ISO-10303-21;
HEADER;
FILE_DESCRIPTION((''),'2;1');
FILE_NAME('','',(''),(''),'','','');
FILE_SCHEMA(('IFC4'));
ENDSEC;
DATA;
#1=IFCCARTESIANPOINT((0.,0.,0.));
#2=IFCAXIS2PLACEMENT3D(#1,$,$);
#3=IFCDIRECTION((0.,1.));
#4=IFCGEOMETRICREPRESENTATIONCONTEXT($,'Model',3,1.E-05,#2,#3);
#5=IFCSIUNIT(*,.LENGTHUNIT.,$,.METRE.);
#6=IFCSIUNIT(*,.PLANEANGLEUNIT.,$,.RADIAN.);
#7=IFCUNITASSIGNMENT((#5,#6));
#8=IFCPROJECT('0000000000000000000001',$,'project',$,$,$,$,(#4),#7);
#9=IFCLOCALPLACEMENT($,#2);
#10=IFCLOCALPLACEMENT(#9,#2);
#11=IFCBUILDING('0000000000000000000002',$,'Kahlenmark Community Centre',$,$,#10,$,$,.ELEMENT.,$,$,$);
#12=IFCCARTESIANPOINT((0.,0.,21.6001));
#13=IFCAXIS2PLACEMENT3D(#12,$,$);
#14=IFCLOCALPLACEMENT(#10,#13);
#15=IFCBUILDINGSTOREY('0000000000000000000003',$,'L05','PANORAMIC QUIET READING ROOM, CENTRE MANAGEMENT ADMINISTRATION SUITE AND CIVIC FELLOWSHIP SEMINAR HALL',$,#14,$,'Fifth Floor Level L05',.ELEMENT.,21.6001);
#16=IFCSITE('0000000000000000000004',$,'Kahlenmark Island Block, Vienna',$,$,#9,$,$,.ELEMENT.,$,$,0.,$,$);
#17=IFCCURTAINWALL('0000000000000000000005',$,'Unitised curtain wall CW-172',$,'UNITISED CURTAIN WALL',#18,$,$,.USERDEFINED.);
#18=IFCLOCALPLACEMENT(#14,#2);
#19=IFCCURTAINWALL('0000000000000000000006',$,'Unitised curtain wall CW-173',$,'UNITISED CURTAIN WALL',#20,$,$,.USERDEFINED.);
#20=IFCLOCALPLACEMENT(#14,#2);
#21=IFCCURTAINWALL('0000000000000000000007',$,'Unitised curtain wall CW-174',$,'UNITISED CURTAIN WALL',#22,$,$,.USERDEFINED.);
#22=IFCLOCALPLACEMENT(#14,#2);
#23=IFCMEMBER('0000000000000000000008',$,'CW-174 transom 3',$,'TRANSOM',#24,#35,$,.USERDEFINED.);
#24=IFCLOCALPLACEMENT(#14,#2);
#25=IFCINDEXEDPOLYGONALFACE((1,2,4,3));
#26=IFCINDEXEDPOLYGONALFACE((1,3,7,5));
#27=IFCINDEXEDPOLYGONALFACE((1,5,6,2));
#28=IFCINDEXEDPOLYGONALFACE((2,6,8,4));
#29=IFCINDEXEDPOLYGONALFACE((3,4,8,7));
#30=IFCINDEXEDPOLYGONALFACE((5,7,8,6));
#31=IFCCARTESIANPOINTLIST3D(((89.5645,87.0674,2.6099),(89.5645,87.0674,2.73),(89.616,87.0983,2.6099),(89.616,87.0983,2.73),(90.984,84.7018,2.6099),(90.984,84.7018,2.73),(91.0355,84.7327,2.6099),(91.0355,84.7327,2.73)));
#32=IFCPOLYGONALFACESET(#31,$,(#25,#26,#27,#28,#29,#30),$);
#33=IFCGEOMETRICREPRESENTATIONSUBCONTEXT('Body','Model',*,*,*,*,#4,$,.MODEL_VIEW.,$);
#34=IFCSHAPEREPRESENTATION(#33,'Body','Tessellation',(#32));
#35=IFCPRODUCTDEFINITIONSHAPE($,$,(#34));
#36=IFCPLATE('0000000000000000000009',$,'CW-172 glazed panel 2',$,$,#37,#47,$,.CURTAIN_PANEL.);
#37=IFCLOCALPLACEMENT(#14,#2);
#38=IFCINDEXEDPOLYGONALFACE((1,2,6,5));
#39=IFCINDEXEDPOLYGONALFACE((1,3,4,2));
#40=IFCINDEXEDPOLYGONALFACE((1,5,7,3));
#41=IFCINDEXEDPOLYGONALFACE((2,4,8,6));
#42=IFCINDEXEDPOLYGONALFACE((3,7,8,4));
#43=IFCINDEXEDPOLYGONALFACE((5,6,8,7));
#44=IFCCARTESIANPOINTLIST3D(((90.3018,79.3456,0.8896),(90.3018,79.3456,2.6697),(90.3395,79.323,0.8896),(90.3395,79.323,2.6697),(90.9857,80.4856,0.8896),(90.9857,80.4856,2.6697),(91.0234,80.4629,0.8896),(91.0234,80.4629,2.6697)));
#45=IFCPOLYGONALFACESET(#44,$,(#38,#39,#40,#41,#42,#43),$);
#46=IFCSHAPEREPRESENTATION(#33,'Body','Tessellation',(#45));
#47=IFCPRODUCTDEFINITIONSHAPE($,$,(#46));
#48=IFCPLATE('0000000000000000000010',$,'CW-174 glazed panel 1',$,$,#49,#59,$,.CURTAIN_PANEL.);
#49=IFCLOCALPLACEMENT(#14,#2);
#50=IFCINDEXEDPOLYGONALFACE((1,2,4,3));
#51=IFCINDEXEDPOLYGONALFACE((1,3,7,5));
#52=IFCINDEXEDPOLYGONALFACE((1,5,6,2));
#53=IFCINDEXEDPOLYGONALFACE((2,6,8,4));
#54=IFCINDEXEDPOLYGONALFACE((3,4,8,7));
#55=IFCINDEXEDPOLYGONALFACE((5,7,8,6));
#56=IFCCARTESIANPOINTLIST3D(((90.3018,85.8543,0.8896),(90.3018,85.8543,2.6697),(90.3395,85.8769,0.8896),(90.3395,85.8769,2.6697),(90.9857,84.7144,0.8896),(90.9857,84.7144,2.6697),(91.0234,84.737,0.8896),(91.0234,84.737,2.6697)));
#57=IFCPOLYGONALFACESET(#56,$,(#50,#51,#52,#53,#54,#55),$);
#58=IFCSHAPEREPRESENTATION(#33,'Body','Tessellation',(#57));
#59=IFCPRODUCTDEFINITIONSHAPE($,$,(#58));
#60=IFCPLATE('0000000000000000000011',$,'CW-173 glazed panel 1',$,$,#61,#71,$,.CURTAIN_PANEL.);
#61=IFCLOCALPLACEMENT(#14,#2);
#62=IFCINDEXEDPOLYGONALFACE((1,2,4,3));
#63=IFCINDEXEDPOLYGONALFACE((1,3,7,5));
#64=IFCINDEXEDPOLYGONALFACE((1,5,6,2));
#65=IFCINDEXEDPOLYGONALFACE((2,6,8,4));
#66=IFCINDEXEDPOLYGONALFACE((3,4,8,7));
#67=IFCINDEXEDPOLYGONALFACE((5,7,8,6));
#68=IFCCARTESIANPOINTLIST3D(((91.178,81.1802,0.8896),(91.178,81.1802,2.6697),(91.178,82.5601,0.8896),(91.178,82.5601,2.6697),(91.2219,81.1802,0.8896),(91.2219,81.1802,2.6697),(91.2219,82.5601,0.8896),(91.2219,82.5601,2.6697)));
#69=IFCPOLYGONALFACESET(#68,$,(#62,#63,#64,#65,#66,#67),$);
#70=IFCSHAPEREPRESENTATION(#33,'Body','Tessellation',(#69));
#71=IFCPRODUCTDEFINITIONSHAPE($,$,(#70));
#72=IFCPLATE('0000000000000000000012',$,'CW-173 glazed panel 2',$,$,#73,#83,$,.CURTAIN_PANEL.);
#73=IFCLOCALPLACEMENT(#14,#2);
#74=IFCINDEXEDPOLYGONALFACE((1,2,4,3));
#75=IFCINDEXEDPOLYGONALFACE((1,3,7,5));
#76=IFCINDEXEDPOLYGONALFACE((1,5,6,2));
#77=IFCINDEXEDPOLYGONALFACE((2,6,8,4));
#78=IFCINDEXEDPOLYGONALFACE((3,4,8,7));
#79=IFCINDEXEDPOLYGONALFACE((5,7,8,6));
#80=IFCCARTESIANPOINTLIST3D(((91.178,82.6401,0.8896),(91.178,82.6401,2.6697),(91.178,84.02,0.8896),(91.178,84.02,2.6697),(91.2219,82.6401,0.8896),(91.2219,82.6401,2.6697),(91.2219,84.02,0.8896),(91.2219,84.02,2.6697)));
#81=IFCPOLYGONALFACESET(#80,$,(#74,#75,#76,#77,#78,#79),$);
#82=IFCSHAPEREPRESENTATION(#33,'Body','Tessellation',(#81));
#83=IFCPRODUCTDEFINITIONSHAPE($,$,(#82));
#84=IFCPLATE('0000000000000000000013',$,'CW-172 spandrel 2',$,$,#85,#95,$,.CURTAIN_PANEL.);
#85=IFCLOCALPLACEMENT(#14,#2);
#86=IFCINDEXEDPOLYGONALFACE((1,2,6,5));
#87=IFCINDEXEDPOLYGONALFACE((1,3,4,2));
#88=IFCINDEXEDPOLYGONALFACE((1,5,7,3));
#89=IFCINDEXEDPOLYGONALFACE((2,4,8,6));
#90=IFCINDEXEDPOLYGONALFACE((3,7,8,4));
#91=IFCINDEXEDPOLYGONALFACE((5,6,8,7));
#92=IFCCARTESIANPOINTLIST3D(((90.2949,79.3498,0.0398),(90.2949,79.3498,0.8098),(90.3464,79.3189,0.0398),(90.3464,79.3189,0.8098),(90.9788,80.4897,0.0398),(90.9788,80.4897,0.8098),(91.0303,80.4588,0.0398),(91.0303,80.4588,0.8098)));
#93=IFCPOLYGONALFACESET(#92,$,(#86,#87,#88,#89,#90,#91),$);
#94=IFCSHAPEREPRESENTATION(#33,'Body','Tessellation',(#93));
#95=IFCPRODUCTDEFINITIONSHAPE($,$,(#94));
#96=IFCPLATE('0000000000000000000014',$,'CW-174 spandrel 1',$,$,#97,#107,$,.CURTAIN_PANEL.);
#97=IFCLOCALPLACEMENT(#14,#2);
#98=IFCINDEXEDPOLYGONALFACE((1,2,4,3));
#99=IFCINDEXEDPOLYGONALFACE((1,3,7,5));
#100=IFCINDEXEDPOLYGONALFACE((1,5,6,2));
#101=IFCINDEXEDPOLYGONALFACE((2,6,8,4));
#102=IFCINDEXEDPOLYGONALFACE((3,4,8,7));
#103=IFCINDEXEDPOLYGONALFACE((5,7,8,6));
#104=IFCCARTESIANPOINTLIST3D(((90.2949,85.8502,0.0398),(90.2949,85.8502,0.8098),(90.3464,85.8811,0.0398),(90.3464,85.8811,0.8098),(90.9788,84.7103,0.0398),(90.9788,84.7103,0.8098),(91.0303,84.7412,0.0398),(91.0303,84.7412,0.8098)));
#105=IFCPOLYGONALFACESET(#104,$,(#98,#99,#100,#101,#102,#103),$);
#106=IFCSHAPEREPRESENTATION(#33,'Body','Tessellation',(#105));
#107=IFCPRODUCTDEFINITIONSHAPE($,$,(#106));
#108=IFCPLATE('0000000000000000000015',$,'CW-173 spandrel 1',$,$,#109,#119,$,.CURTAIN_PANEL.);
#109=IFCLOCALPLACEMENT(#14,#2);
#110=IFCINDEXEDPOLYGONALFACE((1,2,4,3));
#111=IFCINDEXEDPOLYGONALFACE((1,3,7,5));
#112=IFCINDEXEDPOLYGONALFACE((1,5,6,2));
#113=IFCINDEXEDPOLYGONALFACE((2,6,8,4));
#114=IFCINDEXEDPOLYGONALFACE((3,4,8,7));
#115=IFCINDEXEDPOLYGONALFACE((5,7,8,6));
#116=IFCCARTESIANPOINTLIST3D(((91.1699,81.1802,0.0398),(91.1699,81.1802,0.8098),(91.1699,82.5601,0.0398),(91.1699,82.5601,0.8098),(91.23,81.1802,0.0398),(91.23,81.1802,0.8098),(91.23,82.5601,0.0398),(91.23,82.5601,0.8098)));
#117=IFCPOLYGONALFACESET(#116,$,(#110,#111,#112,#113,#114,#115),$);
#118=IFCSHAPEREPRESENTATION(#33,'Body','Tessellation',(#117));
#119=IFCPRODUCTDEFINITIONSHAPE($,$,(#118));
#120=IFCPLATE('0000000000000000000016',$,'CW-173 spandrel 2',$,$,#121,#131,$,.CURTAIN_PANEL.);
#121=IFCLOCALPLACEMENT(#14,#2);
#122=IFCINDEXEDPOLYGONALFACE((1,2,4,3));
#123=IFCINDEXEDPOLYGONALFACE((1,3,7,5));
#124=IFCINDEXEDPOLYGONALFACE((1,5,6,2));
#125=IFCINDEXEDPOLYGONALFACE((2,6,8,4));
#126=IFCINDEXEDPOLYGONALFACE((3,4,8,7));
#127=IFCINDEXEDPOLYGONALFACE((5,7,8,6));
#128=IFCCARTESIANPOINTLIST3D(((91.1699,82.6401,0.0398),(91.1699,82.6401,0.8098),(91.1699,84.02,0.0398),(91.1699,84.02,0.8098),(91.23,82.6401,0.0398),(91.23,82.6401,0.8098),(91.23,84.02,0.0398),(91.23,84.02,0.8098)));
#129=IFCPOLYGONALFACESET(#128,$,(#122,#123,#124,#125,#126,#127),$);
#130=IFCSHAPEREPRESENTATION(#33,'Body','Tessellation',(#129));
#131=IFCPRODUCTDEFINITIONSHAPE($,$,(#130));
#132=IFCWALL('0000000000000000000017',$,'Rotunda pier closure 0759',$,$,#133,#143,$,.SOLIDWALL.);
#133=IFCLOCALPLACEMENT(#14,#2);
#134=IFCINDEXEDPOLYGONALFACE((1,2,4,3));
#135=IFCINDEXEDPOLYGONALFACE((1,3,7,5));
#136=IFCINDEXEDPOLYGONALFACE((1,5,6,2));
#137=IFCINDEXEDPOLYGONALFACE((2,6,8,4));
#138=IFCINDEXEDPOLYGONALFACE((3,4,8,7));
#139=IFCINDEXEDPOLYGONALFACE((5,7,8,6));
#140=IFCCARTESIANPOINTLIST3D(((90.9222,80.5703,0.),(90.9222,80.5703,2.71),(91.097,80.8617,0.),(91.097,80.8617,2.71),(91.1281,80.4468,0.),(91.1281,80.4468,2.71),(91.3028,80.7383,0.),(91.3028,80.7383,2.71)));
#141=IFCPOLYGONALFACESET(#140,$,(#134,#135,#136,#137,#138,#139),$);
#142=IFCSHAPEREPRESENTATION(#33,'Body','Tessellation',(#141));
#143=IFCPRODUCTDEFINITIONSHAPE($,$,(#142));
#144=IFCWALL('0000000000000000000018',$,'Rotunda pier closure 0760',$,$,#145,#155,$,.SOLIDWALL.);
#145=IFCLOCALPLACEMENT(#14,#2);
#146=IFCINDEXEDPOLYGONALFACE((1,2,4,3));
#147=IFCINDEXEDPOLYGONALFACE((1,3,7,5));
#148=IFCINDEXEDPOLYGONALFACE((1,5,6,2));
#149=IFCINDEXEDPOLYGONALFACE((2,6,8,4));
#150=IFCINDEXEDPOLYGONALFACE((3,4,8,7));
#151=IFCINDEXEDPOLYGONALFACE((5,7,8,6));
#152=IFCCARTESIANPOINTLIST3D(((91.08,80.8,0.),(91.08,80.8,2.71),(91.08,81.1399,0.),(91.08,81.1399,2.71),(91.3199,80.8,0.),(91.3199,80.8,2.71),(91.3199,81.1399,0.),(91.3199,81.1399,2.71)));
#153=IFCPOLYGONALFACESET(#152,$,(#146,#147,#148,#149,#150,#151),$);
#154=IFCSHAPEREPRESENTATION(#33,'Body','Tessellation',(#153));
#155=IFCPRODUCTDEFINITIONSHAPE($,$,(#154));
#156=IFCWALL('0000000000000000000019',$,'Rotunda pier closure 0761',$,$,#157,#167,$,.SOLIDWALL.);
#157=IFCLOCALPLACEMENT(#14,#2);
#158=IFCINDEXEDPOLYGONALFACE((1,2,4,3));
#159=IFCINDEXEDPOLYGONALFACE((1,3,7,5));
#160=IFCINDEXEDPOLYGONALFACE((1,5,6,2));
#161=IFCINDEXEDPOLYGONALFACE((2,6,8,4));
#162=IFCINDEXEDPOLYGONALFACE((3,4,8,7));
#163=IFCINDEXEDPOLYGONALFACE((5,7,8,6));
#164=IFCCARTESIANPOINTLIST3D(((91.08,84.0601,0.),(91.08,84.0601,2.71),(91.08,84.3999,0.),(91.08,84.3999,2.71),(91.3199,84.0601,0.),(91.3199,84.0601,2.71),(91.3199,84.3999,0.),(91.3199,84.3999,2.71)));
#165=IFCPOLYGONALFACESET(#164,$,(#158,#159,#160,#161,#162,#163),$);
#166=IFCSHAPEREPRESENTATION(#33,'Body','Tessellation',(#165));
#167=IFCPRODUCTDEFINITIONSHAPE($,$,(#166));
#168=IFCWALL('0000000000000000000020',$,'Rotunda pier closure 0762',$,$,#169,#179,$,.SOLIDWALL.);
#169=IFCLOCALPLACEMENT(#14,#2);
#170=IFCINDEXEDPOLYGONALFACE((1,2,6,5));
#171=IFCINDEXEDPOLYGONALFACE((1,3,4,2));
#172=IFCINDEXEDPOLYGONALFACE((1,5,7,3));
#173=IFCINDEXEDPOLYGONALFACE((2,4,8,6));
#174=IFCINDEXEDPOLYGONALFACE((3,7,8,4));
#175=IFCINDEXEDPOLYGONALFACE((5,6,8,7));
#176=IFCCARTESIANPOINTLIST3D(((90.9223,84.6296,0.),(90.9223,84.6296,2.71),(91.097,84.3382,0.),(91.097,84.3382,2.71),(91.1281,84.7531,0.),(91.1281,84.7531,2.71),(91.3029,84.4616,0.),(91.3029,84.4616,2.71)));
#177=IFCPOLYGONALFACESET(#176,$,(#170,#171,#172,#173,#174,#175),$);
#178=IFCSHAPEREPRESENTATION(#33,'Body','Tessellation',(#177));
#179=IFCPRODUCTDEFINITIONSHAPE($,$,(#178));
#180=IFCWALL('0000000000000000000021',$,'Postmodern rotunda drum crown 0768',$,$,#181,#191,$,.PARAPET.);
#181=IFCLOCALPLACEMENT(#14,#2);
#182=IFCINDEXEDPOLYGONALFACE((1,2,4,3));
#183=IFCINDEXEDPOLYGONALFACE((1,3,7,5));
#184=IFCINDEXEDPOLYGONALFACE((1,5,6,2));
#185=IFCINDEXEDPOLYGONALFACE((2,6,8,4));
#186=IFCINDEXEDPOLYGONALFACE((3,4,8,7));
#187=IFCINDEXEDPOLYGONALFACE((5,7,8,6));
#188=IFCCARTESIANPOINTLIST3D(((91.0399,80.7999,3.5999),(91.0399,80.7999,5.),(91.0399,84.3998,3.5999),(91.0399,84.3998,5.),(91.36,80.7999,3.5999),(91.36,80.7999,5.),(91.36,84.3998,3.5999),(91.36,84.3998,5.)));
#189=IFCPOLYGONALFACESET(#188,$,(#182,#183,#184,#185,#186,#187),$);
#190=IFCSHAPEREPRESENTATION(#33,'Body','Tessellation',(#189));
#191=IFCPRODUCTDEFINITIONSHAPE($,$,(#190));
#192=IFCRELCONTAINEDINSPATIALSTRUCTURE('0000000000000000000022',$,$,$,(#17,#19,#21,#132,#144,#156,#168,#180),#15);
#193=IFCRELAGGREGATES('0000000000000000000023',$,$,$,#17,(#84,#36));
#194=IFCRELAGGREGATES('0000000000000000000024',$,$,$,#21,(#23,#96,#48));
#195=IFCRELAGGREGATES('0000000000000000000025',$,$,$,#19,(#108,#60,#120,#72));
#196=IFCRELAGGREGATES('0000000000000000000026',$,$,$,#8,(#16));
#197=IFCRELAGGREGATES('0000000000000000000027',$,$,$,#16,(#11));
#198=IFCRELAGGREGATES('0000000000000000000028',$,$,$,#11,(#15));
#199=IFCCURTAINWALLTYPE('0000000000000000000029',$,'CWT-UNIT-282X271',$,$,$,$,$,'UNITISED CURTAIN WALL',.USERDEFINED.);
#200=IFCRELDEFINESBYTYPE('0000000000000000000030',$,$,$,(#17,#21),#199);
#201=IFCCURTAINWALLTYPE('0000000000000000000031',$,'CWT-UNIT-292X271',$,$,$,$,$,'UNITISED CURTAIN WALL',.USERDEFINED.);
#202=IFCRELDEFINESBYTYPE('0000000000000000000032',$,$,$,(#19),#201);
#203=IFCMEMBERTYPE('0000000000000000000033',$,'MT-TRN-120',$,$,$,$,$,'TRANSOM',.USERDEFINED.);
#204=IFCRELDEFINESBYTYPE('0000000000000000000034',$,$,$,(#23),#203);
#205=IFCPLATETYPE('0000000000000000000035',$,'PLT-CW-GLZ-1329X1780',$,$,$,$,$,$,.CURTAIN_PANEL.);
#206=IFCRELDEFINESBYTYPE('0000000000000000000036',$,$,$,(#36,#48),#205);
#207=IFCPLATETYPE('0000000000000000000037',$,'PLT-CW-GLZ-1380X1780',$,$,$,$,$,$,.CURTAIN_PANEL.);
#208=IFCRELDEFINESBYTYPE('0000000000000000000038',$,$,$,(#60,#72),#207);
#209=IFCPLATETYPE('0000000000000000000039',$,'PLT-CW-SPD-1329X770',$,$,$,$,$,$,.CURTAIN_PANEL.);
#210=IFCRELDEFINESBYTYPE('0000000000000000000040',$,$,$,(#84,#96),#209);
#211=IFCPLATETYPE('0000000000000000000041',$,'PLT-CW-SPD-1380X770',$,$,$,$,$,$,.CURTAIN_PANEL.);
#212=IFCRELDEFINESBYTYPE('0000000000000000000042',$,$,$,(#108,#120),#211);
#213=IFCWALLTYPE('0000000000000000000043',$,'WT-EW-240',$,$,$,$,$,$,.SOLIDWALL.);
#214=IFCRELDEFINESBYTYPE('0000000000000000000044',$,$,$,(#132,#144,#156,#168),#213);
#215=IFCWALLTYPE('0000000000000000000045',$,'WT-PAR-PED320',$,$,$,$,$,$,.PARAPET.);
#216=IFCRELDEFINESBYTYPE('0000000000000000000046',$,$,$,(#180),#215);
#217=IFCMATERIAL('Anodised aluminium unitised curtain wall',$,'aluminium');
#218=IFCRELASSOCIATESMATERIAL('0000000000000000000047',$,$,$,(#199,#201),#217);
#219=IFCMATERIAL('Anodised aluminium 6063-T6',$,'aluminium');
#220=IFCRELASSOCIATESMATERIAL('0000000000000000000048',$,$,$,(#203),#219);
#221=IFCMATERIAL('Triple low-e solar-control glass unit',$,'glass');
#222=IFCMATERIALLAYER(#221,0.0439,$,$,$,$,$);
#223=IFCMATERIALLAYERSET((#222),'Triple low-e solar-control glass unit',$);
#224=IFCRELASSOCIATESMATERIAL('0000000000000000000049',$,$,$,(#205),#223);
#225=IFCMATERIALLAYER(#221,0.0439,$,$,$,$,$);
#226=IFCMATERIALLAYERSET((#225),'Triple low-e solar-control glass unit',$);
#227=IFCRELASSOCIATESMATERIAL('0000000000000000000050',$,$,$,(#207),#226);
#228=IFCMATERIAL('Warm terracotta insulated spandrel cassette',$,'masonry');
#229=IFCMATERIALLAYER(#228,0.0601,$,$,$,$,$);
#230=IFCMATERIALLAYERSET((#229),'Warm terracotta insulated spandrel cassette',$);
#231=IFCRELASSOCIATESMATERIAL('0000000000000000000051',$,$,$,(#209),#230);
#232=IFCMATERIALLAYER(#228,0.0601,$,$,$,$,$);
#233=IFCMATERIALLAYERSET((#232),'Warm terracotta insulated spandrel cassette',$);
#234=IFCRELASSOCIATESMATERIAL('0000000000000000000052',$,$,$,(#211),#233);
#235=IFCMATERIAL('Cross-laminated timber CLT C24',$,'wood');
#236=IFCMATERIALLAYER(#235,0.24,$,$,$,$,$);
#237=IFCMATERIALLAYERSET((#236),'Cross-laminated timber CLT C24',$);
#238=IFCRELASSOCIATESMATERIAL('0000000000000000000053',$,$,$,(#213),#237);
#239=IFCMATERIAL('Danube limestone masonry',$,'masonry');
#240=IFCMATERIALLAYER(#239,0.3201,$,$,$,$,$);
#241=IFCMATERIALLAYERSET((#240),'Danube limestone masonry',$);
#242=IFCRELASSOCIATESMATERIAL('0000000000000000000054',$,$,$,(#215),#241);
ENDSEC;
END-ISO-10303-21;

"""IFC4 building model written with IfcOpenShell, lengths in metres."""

from ifc_helpers import new_model, si_unit, direction, frame, frame_2d, origin, origin_2d, place, context, subcontext, project, spatial, rectangle, extrude, material, layer, layer_set, material_profile, profile_set, type_object, element, aggregate, save


model = new_model("IFC4")

# Units and contexts
model_context = context("Model", 3, precision=1e-05, world=origin(), true_north=direction((0.0, 1.0)))
body_context = subcontext(model_context, "Body", "Model", "MODEL_VIEW")
ifc_project = project(units=[si_unit("LENGTHUNIT", "METRE"), si_unit("PLANEANGLEUNIT", "RADIAN")], contexts=[model_context])

# Site, building, storey
site_placement = place(None, origin())
site = spatial("IfcSite", under=ifc_project, at=site_placement, Name="Kahlenmark Island Block, Vienna", CompositionType="ELEMENT", RefElevation=0.0)
building_placement = place(site_placement, origin())
building = spatial("IfcBuilding", under=site, at=building_placement, Name="Kahlenmark Community Centre", CompositionType="ELEMENT")
storey_placement = place(building_placement, frame((0.0, 0.0, 21.6001)))
storey = spatial("IfcBuildingStorey", under=building, at=storey_placement, Name="L05", Description="PANORAMIC QUIET READING ROOM, CENTRE MANAGEMENT ADMINISTRATION SUITE AND CIVIC FELLOWSHIP SEMINAR HALL", LongName="Fifth Floor Level L05", CompositionType="ELEMENT", Elevation=21.6001)

# Curtain wall
ifc_material_1 = material(Name="Anodised aluminium unitised curtain wall", Category="aluminium")
curtain_wall_type_1 = type_object("IfcCurtainWallType", Name="CWT-UNIT-282X271", ElementType="UNITISED CURTAIN WALL", PredefinedType="USERDEFINED", material=ifc_material_1)
curtain_wall_1_placement = place(storey_placement, origin())
curtain_wall_1 = element("IfcCurtainWall", 1, at=curtain_wall_1_placement, inside=storey, type_object=curtain_wall_type_1, Name="Unitised curtain wall CW-172", ObjectType="UNITISED CURTAIN WALL", PredefinedType="USERDEFINED")
ifc_material_2 = material(Name="Anodised aluminium 6063-T6", Category="aluminium")

# Curtain walls
curtain_wall_type_2 = type_object("IfcCurtainWallType", Name="CWT-UNIT-292X271", ElementType="UNITISED CURTAIN WALL", PredefinedType="USERDEFINED", material=ifc_material_1)
curtain_wall_2_placement = place(storey_placement, origin())
curtain_wall_2 = element("IfcCurtainWall", 2, at=curtain_wall_2_placement, inside=storey, type_object=curtain_wall_type_2, Name="Unitised curtain wall CW-173", ObjectType="UNITISED CURTAIN WALL", PredefinedType="USERDEFINED")
curtain_wall_3_placement = place(storey_placement, origin())
curtain_wall_3 = element("IfcCurtainWall", 3, at=curtain_wall_3_placement, inside=storey, type_object=curtain_wall_type_1, Name="Unitised curtain wall CW-174", ObjectType="UNITISED CURTAIN WALL", PredefinedType="USERDEFINED")

# Member
ifc_material_profile_1 = material_profile(ifc_material_2, rectangle(XDim=0.0601, YDim=0.1201, at=origin_2d()), Name="ALU TRANSOM 60x120")
ifc_profile_set_1 = profile_set([ifc_material_profile_1], Name="Anodised aluminium 6063-T6")
member_type_1 = type_object("IfcMemberType", Name="MT-TRN-120", ElementType="TRANSOM", PredefinedType="USERDEFINED", material=ifc_profile_set_1)
member_1_placement = place(storey_placement, frame((91.0098, 84.7173, 2.6699), z_axis=(-0.514535, 0.857469, 0.0), x_axis=(-0.857469, -0.514535, 0.0)))
member_1 = element("IfcMember", 4, at=member_1_placement, type_object=member_type_1, Name="CW-174 transom 3", ObjectType="TRANSOM", PredefinedType="USERDEFINED", context=body_context, shape_type="SweptSolid", body=[
    extrude(rectangle(XDim=0.0601, YDim=0.1201, at=origin_2d()), origin(), (0.0, 0.0, 1.0), 2.7588),
])

# Plates
ifc_material_3 = material(Name="Triple low-e solar-control glass unit", Category="glass")
ifc_layer_1 = layer(ifc_material_3, 0.0439)
ifc_layer_set_1 = layer_set([ifc_layer_1], Name="Triple low-e solar-control glass unit")
plate_type_1 = type_object("IfcPlateType", Name="PLT-CW-GLZ-1329X1780", PredefinedType="CURTAIN_PANEL", material=ifc_layer_set_1)
plate_1_placement = place(storey_placement, frame((90.6626, 79.9043, 0.8896), z_axis=(0.0, 0.0, 1.0), x_axis=(0.514496, 0.857493, 0.0)))
plate_1 = element("IfcPlate", 5, at=plate_1_placement, type_object=plate_type_1, Name="CW-172 glazed panel 2", PredefinedType="CURTAIN_PANEL", context=body_context, shape_type="SweptSolid", body=[
    extrude(rectangle(XDim=1.3293, YDim=0.0439, at=origin_2d()), origin(), (0.0, 0.0, 1.0), 1.78),
])
plate_2_placement = place(storey_placement, frame((90.6626, 85.2957, 0.8896), z_axis=(0.0, 0.0, 1.0), x_axis=(-0.514496, 0.857493, 0.0)))
plate_2 = element("IfcPlate", 6, at=plate_2_placement, type_object=plate_type_1, Name="CW-174 glazed panel 1", PredefinedType="CURTAIN_PANEL", context=body_context, shape_type="SweptSolid", body=[
    extrude(rectangle(XDim=1.3293, YDim=0.0439, at=origin_2d()), origin(), (0.0, 0.0, 1.0), 1.78),
])
ifc_layer_2 = layer(ifc_material_3, 0.0439)
ifc_layer_set_2 = layer_set([ifc_layer_2], Name="Triple low-e solar-control glass unit")
plate_type_2 = type_object("IfcPlateType", Name="PLT-CW-GLZ-1380X1780", PredefinedType="CURTAIN_PANEL", material=ifc_layer_set_2)
plate_3_placement = place(storey_placement, frame((91.2, 81.8701, 0.8896), z_axis=(0.0, 0.0, 1.0), x_axis=(0.0, 1.0, 0.0)))
plate_3 = element("IfcPlate", 7, at=plate_3_placement, type_object=plate_type_2, Name="CW-173 glazed panel 1", PredefinedType="CURTAIN_PANEL", context=body_context, shape_type="SweptSolid", body=[
    extrude(rectangle(XDim=1.3799, YDim=0.0439, at=origin_2d()), origin(), (0.0, 0.0, 1.0), 1.78),
])
plate_4_placement = place(storey_placement, frame((91.2, 83.3301, 0.8896), z_axis=(0.0, 0.0, 1.0), x_axis=(0.0, 1.0, 0.0)))
plate_4 = element("IfcPlate", 8, at=plate_4_placement, type_object=plate_type_2, Name="CW-173 glazed panel 2", PredefinedType="CURTAIN_PANEL", context=body_context, shape_type="SweptSolid", body=[
    extrude(rectangle(XDim=1.3799, YDim=0.0439, at=origin_2d()), origin(), (0.0, 0.0, 1.0), 1.78),
])
ifc_material_4 = material(Name="Warm terracotta insulated spandrel cassette", Category="masonry")
ifc_layer_3 = layer(ifc_material_4, 0.0601)
ifc_layer_set_3 = layer_set([ifc_layer_3], Name="Warm terracotta insulated spandrel cassette")
plate_type_3 = type_object("IfcPlateType", Name="PLT-CW-SPD-1329X770", PredefinedType="CURTAIN_PANEL", material=ifc_layer_set_3)
plate_5_placement = place(storey_placement, frame((90.6626, 79.9043, 0.0398), z_axis=(0.0, 0.0, 1.0), x_axis=(0.514496, 0.857493, 0.0)))
plate_5 = element("IfcPlate", 9, at=plate_5_placement, type_object=plate_type_3, Name="CW-172 spandrel 2", PredefinedType="CURTAIN_PANEL", context=body_context, shape_type="SweptSolid", body=[
    extrude(rectangle(XDim=1.3293, YDim=0.0601, at=origin_2d()), origin(), (0.0, 0.0, 1.0), 0.77),
])
aggregate(curtain_wall_1, [plate_5, plate_1])
plate_6_placement = place(storey_placement, frame((90.6626, 85.2957, 0.0398), z_axis=(0.0, 0.0, 1.0), x_axis=(-0.514496, 0.857493, 0.0)))
plate_6 = element("IfcPlate", 10, at=plate_6_placement, type_object=plate_type_3, Name="CW-174 spandrel 1", PredefinedType="CURTAIN_PANEL", context=body_context, shape_type="SweptSolid", body=[
    extrude(rectangle(XDim=1.3293, YDim=0.0601, at=origin_2d()), origin(), (0.0, 0.0, 1.0), 0.77),
])
aggregate(curtain_wall_3, [member_1, plate_6, plate_2])
ifc_layer_4 = layer(ifc_material_4, 0.0601)
ifc_layer_set_4 = layer_set([ifc_layer_4], Name="Warm terracotta insulated spandrel cassette")
plate_type_4 = type_object("IfcPlateType", Name="PLT-CW-SPD-1380X770", PredefinedType="CURTAIN_PANEL", material=ifc_layer_set_4)
plate_7_placement = place(storey_placement, frame((91.2, 81.8701, 0.0398), z_axis=(0.0, 0.0, 1.0), x_axis=(0.0, 1.0, 0.0)))
plate_7 = element("IfcPlate", 11, at=plate_7_placement, type_object=plate_type_4, Name="CW-173 spandrel 1", PredefinedType="CURTAIN_PANEL", context=body_context, shape_type="SweptSolid", body=[
    extrude(rectangle(XDim=1.3799, YDim=0.0601, at=origin_2d()), origin(), (0.0, 0.0, 1.0), 0.77),
])
plate_8_placement = place(storey_placement, frame((91.2, 83.3301, 0.0398), z_axis=(0.0, 0.0, 1.0), x_axis=(0.0, 1.0, 0.0)))
plate_8 = element("IfcPlate", 12, at=plate_8_placement, type_object=plate_type_4, Name="CW-173 spandrel 2", PredefinedType="CURTAIN_PANEL", context=body_context, shape_type="SweptSolid", body=[
    extrude(rectangle(XDim=1.3799, YDim=0.0601, at=origin_2d()), origin(), (0.0, 0.0, 1.0), 0.77),
])
aggregate(curtain_wall_2, [plate_7, plate_3, plate_8, plate_4])

# Walls
ifc_material_5 = material(Name="Cross-laminated timber CLT C24", Category="wood")
ifc_layer_5 = layer(ifc_material_5, 0.24)
ifc_layer_set_5 = layer_set([ifc_layer_5], Name="Cross-laminated timber CLT C24")
wall_type_1 = type_object("IfcWallType", Name="WT-EW-240", PredefinedType="SOLIDWALL", material=ifc_layer_set_5)
for number, where, z_axis, x_axis, name in (
    (13, (91.0251, 80.5085, 0.0), (0.0, 0.0, 1.0), (0.514284, 0.85762, 0.0), "Rotunda pier closure 0759"),
    (14, (91.2, 80.8, 0.0), (0.0, 0.0, 1.0), (0.0, 1.0, 0.0), "Rotunda pier closure 0760"),
    (15, (91.2, 84.0601, 0.0), (0.0, 0.0, 1.0), (0.0, 1.0, 0.0), "Rotunda pier closure 0761"),
    (16, (91.2, 84.3999, 0.0), (0.0, 0.0, 1.0), (-0.514284, 0.85762, 0.0), "Rotunda pier closure 0762"),
):
    element("IfcWall", number, at=place(storey_placement, frame(where, z_axis=z_axis, x_axis=x_axis)), inside=storey, type_object=wall_type_1, Name=name, PredefinedType="SOLIDWALL", context=body_context, shape_type="SweptSolid", body=[
        extrude(rectangle(XDim=0.3398, YDim=0.24, at=frame_2d((0.1699, 0.0))), origin(), (0.0, 0.0, 1.0), 2.71),
    ])
ifc_material_6 = material(Name="Danube limestone masonry", Category="masonry")
ifc_layer_6 = layer(ifc_material_6, 0.3201)
ifc_layer_set_6 = layer_set([ifc_layer_6], Name="Danube limestone masonry")
wall_type_2 = type_object("IfcWallType", Name="WT-PAR-PED320", PredefinedType="PARAPET", material=ifc_layer_set_6)
wall_1_placement = place(storey_placement, frame((91.2, 80.8, 3.5999), z_axis=(0.0, 0.0, 1.0), x_axis=(0.0, 1.0, 0.0)))
element("IfcWall", 17, at=wall_1_placement, inside=storey, type_object=wall_type_2, Name="Postmodern rotunda drum crown 0768", PredefinedType="PARAPET", context=body_context, shape_type="SweptSolid", body=[
    extrude(rectangle(XDim=3.5999, YDim=0.3201, at=frame_2d((1.7998, 0.0))), origin(), (0.0, 0.0, 1.0), 1.4001),
])

save(model, "model.ifc")
